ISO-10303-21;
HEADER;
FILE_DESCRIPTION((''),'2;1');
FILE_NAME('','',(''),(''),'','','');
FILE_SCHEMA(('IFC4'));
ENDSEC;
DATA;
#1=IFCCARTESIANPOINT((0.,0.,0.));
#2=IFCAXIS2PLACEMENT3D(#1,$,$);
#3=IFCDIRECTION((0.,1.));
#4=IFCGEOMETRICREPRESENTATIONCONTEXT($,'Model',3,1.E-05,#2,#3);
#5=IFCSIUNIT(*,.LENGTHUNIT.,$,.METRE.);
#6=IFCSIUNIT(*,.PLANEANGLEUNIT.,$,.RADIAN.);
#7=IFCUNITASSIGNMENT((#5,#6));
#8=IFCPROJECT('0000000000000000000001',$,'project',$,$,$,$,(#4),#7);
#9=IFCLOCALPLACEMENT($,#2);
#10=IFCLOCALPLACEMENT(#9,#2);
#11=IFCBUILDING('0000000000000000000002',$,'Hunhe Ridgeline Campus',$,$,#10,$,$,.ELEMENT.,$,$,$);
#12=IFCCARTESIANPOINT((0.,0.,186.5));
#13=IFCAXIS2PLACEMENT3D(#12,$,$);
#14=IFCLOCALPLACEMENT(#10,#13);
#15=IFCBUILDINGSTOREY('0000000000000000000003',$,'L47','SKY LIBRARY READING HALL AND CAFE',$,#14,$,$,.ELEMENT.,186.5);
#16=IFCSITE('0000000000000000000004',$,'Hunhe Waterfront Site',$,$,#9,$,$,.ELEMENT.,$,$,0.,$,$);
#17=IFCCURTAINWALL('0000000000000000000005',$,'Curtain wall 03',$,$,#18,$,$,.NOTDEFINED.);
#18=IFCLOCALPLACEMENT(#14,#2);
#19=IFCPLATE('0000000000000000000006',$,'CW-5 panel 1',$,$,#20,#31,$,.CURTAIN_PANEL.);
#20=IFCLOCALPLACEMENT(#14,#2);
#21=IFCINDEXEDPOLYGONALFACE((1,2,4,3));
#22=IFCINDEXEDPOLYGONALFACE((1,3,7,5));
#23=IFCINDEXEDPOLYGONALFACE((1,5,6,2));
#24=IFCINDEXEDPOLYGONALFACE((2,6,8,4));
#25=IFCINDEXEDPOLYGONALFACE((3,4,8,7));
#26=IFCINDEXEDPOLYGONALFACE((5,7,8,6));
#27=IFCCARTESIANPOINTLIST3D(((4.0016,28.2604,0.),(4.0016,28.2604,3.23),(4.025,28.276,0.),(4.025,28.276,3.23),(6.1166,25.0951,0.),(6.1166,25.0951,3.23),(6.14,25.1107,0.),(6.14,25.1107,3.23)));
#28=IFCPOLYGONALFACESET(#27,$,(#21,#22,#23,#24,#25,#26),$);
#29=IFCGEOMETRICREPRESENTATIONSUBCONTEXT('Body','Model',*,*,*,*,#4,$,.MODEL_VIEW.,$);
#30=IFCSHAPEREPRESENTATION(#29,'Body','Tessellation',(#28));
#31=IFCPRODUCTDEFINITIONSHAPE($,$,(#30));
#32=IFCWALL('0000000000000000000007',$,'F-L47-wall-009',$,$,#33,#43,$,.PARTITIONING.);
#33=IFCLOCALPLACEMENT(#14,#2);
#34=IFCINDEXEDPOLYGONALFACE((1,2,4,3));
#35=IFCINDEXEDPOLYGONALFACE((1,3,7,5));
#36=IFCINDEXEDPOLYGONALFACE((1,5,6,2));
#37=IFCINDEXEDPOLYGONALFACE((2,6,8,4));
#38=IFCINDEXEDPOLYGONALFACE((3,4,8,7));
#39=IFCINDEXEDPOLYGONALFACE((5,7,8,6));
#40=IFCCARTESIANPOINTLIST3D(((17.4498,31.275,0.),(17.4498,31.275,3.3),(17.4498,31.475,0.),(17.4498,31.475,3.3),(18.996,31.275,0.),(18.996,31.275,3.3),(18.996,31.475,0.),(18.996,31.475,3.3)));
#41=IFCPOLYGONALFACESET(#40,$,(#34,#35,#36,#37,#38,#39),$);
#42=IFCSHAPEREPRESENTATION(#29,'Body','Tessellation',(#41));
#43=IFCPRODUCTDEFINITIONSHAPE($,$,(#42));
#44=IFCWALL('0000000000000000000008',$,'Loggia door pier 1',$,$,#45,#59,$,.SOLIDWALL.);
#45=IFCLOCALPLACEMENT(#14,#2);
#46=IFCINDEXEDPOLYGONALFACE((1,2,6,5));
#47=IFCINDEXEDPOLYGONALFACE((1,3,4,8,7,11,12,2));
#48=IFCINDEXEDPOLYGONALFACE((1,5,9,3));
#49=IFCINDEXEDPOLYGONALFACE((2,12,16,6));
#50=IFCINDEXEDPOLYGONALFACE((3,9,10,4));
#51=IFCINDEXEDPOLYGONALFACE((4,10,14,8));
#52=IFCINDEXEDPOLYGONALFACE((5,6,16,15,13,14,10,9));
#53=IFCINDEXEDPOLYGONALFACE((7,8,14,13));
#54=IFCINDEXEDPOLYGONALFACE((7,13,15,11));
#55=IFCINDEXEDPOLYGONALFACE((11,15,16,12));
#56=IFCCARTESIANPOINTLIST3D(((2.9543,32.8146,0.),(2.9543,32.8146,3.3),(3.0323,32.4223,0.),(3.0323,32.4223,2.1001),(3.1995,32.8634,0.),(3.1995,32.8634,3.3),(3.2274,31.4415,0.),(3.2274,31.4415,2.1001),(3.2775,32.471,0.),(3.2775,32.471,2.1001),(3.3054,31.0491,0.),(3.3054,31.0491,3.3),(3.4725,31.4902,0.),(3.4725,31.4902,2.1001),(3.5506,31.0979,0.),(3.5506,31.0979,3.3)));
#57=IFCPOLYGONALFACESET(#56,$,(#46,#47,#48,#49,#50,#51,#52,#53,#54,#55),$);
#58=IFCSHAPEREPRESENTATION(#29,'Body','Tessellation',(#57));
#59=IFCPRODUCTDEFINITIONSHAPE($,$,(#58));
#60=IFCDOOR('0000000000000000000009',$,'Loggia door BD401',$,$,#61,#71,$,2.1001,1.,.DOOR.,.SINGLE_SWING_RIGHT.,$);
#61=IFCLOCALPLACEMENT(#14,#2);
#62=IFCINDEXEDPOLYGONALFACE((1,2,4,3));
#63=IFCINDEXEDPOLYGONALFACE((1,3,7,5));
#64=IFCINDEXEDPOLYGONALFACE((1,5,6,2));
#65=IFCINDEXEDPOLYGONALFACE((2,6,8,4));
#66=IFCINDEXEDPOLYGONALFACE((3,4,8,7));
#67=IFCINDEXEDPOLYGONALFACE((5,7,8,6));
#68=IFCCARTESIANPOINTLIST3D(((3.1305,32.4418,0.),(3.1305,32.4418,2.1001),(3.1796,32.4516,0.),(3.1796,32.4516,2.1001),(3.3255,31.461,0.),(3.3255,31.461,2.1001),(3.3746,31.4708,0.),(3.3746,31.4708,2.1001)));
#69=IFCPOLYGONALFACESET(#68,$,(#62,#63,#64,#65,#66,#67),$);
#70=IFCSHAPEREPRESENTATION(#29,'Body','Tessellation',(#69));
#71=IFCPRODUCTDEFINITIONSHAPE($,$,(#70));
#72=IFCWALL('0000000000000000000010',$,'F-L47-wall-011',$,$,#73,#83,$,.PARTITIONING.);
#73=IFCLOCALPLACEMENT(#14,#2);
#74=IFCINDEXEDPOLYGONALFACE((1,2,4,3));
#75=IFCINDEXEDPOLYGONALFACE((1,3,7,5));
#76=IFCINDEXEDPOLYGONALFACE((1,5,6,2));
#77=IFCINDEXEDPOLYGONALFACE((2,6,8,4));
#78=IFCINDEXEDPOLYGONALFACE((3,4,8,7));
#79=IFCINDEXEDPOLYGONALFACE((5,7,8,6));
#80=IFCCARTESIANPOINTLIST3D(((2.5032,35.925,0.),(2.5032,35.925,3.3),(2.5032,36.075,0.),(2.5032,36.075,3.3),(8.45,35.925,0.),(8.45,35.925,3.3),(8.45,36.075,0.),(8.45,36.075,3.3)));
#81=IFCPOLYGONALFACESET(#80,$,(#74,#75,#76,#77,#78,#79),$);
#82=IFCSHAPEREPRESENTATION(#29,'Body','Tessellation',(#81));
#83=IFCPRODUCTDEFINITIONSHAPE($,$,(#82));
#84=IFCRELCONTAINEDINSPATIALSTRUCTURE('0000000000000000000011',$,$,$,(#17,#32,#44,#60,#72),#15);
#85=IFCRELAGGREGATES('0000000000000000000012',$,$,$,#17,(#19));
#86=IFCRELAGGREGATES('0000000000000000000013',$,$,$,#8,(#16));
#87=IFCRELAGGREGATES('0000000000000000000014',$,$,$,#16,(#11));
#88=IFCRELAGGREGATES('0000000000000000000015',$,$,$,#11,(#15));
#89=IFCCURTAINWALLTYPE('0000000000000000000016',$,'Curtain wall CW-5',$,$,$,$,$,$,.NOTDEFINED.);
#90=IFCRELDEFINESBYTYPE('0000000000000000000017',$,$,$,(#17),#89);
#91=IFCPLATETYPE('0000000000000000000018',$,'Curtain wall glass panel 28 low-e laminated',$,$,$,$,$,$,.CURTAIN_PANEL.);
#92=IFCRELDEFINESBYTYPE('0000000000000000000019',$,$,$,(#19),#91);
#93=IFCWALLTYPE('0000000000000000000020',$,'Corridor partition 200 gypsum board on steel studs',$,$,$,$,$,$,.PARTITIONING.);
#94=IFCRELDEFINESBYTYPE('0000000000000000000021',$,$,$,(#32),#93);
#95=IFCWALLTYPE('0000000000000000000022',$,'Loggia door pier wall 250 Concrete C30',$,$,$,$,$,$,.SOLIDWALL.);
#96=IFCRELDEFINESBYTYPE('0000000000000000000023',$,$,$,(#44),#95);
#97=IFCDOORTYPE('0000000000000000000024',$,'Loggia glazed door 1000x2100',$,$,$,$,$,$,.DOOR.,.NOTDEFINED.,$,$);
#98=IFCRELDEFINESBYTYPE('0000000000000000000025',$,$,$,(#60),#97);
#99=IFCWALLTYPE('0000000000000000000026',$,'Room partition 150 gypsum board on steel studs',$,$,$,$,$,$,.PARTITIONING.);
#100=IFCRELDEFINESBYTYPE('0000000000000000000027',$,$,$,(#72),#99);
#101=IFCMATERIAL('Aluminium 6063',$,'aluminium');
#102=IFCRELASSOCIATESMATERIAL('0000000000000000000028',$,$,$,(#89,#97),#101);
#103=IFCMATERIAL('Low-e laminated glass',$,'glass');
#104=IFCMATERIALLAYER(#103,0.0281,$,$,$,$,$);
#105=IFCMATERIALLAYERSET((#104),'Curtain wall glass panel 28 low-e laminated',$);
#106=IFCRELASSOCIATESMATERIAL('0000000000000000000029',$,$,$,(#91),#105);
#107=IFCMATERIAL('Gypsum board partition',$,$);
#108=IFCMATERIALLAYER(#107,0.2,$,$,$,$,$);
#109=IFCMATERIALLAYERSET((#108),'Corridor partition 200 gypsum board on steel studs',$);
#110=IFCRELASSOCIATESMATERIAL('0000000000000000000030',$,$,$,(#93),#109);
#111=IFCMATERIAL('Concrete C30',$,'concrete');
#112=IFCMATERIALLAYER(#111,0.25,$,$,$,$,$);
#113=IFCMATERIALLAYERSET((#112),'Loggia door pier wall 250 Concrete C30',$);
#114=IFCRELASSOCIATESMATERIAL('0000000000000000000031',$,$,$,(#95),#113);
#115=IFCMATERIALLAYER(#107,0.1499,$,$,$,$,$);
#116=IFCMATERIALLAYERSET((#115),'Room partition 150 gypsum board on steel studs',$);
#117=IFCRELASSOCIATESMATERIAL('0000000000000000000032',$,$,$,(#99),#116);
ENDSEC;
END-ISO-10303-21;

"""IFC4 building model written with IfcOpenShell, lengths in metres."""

from ifc_helpers import new_model, si_unit, direction, frame, frame_2d, origin, origin_2d, place, context, subcontext, project, spatial, rectangle, extrude, material, layer, layer_set, type_object, element, fill, aggregate, save


model = new_model("IFC4")

# Units and contexts
model_context = context("Model", 3, precision=1e-05, world=origin(), true_north=direction((0.0, 1.0)))
body_context = subcontext(model_context, "Body", "Model", "MODEL_VIEW")
ifc_project = project(units=[si_unit("LENGTHUNIT", "METRE"), si_unit("PLANEANGLEUNIT", "RADIAN")], contexts=[model_context])

# Site, building, storey
site_placement = place(None, origin())
site = spatial("IfcSite", under=ifc_project, at=site_placement, Name="Hunhe Waterfront Site", CompositionType="ELEMENT", RefElevation=0.0)
building_placement = place(site_placement, origin())
building = spatial("IfcBuilding", under=site, at=building_placement, Name="Hunhe Ridgeline Campus", CompositionType="ELEMENT")
storey_placement = place(building_placement, frame((0.0, 0.0, 186.5)))
storey = spatial("IfcBuildingStorey", under=building, at=storey_placement, Name="L47", Description="SKY LIBRARY READING HALL AND CAFE", CompositionType="ELEMENT", Elevation=186.5)

# Shared definitions
ifc_material_1 = material(Name="Aluminium 6063", Category="aluminium")
curtain_wall_type = type_object("IfcCurtainWallType", Name="Curtain wall CW-5", PredefinedType="NOTDEFINED", material=ifc_material_1)

# Curtain wall
curtain_wall_1_placement = place(storey_placement, origin())
curtain_wall_1 = element("IfcCurtainWall", 1, at=curtain_wall_1_placement, inside=storey, type_object=curtain_wall_type, Name="Curtain wall 03", PredefinedType="NOTDEFINED")

# Plate
ifc_material_2 = material(Name="Low-e laminated glass", Category="glass")
ifc_layer_1 = layer(ifc_material_2, 0.0281)
ifc_layer_set_1 = layer_set([ifc_layer_1], Name="Curtain wall glass panel 28 low-e laminated")
plate_type = type_object("IfcPlateType", Name="Curtain wall glass panel 28 low-e laminated", PredefinedType="CURTAIN_PANEL", material=ifc_layer_set_1)
plate_1_placement = place(storey_placement, frame((5.0708, 26.6855, 0.0), z_axis=(0.0, 0.0, 1.0), x_axis=(0.55557, -0.83147, 0.0)))
plate_1 = element("IfcPlate", 2, at=plate_1_placement, type_object=plate_type, Name="CW-5 panel 1", PredefinedType="CURTAIN_PANEL", context=body_context, shape_type="SweptSolid", body=[
    extrude(rectangle(XDim=3.8069, YDim=0.0281, at=origin_2d()), origin(), (0.0, 0.0, 1.0), 3.23),
])
aggregate(curtain_wall_1, [plate_1])

# Wall
ifc_material_3 = material(Name="Gypsum board partition")
ifc_layer_2 = layer(ifc_material_3, 0.2)
ifc_layer_set_2 = layer_set([ifc_layer_2], Name="Corridor partition 200 gypsum board on steel studs")
wall_type_1 = type_object("IfcWallType", Name="Corridor partition 200 gypsum board on steel studs", PredefinedType="PARTITIONING", material=ifc_layer_set_2)
wall_1_placement = place(storey_placement, frame((17.45, 31.375, 0.0), z_axis=(0.0, 0.0, 1.0), x_axis=(1.0, 0.0, 0.0)))
element("IfcWall", 3, at=wall_1_placement, inside=storey, type_object=wall_type_1, Name="F-L47-wall-009", PredefinedType="PARTITIONING", context=body_context, shape_type="SweptSolid", body=[
    extrude(rectangle(XDim=1.5461, YDim=0.2, at=frame_2d((0.7729, 0.0))), origin(), (0.0, 0.0, 1.0), 3.3),
])

# Wall, opening, door
ifc_material_4 = material(Name="Concrete C30", Category="concrete")
ifc_layer_3 = layer(ifc_material_4, 0.25)
ifc_layer_set_3 = layer_set([ifc_layer_3], Name="Loggia door pier wall 250 Concrete C30")
wall_type_2 = type_object("IfcWallType", Name="Loggia door pier wall 250 Concrete C30", PredefinedType="SOLIDWALL", material=ifc_layer_set_3)
wall_2_placement = place(storey_placement, frame((3.0769, 32.8389, 0.0), z_axis=(0.0, 0.0, 1.0), x_axis=(0.195047, -0.980794, 0.0)))
wall_2 = element("IfcWall", 4, at=wall_2_placement, inside=storey, type_object=wall_type_2, Name="Loggia door pier 1", PredefinedType="SOLIDWALL", context=body_context, shape_type="SweptSolid", body=[
    extrude(rectangle(XDim=1.8, YDim=0.25, at=frame_2d((0.8999, 0.0))), origin(), (0.0, 0.0, 1.0), 3.3),
])
opening_1_placement = place(wall_2_placement, frame((0.3999, 0.0, 0.0)))
opening_1 = element("IfcOpeningElement", 5, at=opening_1_placement, cuts=wall_2, PredefinedType="OPENING", context=body_context, shape_type="SweptSolid", body=[
    extrude(rectangle(XDim=1.0, YDim=2.1001, at=frame_2d((0.5, 1.05))), frame((0.0, 0.125, 0.0), z_axis=(0.0, -1.0, 0.0), x_axis=(1.0, 0.0, 0.0)), (0.0, 0.0, 1.0), 0.25),
])
door_type_1 = type_object("IfcDoorType", Name="Loggia glazed door 1000x2100", OperationType="NOTDEFINED", PredefinedType="DOOR", material=ifc_material_1)
door_1_placement = place(opening_1_placement, frame((1.0, 0.0, 0.0), z_axis=(0.0, 0.0, 1.0), x_axis=(-1.0, 0.0, 0.0)))
door_1 = element("IfcDoor", 6, at=door_1_placement, inside=storey, type_object=door_type_1, Name="Loggia door BD401", OperationType="SINGLE_SWING_RIGHT", OverallHeight=2.1001, OverallWidth=1.0, PredefinedType="DOOR", context=body_context, shape_type="SweptSolid", body=[
    extrude(rectangle(XDim=1.0, YDim=2.1001, at=frame_2d((0.5, 1.05))), frame((0.0, 0.0249, 0.0), z_axis=(0.0, -1.0, 0.0), x_axis=(1.0, 0.0, 0.0)), (0.0, 0.0, 1.0), 0.05),
])
fill(opening_1, door_1)

# Wall
ifc_layer_4 = layer(ifc_material_3, 0.1499)
ifc_layer_set_4 = layer_set([ifc_layer_4], Name="Room partition 150 gypsum board on steel studs")
wall_type_3 = type_object("IfcWallType", Name="Room partition 150 gypsum board on steel studs", PredefinedType="PARTITIONING", material=ifc_layer_set_4)
wall_3_placement = place(storey_placement, frame((2.5032, 36.0, 0.0), z_axis=(0.0, 0.0, 1.0), x_axis=(1.0, 0.0, 0.0)))
element("IfcWall", 7, at=wall_3_placement, inside=storey, type_object=wall_type_3, Name="F-L47-wall-011", PredefinedType="PARTITIONING", context=body_context, shape_type="SweptSolid", body=[
    extrude(rectangle(XDim=5.9468, YDim=0.1499, at=frame_2d((2.9734, 0.0))), origin(), (0.0, 0.0, 1.0), 3.3),
])

save(model, "model.ifc")
